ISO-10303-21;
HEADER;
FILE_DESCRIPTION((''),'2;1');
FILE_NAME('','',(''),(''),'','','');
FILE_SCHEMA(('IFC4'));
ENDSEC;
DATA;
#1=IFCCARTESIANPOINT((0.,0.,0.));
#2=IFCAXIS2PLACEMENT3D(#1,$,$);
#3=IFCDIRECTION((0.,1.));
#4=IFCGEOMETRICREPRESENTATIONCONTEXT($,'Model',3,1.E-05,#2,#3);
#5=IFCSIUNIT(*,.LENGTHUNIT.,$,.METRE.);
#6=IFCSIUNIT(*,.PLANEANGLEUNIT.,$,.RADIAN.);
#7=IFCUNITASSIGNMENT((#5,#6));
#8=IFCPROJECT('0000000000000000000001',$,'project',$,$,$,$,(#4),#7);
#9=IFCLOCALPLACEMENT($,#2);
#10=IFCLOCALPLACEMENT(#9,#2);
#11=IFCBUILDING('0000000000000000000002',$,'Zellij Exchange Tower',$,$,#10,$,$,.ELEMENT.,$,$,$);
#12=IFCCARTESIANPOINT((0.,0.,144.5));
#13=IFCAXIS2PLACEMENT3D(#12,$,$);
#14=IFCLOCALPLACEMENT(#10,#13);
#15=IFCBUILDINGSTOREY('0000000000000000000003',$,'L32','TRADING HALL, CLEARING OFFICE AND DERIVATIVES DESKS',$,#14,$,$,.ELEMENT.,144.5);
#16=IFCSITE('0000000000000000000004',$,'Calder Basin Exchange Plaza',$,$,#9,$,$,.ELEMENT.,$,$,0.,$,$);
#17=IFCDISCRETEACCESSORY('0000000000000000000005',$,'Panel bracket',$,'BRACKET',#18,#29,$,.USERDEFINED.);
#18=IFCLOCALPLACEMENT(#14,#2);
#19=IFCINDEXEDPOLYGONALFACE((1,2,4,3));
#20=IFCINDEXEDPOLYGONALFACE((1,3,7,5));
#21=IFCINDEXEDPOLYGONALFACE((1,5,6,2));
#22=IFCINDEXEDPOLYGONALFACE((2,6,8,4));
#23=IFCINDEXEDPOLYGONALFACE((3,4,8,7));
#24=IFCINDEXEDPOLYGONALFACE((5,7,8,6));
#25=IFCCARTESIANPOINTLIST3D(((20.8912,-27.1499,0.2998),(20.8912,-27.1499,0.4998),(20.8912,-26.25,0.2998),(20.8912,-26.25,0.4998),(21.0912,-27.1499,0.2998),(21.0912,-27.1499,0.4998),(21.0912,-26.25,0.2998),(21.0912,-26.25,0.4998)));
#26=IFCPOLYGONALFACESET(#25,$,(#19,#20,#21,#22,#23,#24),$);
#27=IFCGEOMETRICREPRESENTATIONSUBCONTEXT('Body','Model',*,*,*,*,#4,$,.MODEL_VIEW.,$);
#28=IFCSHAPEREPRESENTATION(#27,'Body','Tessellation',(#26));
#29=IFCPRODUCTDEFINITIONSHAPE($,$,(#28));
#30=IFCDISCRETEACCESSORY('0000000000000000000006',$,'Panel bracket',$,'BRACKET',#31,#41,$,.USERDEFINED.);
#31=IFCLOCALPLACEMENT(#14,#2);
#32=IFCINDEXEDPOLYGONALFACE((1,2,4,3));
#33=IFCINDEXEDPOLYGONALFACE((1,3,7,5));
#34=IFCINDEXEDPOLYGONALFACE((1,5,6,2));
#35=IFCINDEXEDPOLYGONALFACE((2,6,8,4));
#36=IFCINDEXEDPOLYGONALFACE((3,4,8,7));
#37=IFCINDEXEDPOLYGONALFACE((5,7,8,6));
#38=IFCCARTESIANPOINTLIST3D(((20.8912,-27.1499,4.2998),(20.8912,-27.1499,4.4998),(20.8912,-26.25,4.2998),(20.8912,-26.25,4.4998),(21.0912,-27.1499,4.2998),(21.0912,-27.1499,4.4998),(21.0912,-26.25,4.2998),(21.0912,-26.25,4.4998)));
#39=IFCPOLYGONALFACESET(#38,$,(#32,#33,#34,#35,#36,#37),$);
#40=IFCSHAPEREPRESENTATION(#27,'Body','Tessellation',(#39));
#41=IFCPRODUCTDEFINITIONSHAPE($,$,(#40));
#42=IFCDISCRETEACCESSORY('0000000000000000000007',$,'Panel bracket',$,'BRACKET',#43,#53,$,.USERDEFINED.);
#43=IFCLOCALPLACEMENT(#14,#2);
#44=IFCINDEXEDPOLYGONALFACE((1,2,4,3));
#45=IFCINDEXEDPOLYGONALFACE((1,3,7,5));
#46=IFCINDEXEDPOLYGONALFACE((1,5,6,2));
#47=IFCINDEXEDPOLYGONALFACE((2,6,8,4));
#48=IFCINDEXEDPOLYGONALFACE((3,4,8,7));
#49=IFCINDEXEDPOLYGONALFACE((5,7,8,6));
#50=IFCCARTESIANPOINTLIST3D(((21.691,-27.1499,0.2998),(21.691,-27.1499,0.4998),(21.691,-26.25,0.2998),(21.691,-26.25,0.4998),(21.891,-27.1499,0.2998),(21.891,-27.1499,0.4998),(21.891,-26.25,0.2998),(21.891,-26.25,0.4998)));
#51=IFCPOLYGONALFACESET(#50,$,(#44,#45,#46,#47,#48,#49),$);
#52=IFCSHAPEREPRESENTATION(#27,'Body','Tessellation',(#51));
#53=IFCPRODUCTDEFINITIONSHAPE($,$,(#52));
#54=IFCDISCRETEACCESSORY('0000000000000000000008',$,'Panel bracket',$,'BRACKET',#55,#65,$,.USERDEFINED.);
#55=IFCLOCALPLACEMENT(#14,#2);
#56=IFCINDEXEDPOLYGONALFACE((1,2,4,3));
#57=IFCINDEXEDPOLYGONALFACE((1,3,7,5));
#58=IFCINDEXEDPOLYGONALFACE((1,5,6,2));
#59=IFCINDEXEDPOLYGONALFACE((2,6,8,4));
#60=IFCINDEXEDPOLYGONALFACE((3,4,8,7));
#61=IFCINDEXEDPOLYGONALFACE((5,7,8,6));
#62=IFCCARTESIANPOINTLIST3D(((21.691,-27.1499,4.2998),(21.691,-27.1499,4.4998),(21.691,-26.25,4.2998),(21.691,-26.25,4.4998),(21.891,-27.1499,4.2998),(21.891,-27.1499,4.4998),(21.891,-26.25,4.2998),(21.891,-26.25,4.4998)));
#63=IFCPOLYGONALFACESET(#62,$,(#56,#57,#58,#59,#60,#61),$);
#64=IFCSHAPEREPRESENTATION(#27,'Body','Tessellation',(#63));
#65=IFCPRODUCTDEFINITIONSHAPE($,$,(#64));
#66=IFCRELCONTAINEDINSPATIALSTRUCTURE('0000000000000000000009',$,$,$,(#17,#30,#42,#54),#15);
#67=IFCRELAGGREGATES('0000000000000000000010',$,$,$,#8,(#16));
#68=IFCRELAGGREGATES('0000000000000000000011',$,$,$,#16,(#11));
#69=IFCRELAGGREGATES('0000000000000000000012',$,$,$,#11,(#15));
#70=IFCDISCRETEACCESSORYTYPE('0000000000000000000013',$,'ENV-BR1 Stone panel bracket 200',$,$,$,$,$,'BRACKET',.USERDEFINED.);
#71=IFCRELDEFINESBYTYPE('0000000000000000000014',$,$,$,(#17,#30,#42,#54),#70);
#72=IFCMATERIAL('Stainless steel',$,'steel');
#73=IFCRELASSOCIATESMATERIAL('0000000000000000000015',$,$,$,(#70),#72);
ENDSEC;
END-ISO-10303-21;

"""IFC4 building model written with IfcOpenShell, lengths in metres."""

from ifc_helpers import new_model, si_unit, direction, frame, origin, origin_2d, place, context, subcontext, project, spatial, rectangle, extrude, material, type_object, element, save


model = new_model("IFC4")

# Units and contexts
model_context = context("Model", 3, precision=1e-05, world=origin(), true_north=direction((0.0, 1.0)))
body_context = subcontext(model_context, "Body", "Model", "MODEL_VIEW")
ifc_project = project(units=[si_unit("LENGTHUNIT", "METRE"), si_unit("PLANEANGLEUNIT", "RADIAN")], contexts=[model_context])

# Site, building, storey
site_placement = place(None, origin())
site = spatial("IfcSite", under=ifc_project, at=site_placement, Name="Calder Basin Exchange Plaza", CompositionType="ELEMENT", RefElevation=0.0)
building_placement = place(site_placement, origin())
building = spatial("IfcBuilding", under=site, at=building_placement, Name="Zellij Exchange Tower", CompositionType="ELEMENT")
storey_placement = place(building_placement, frame((0.0, 0.0, 144.5)))
storey = spatial("IfcBuildingStorey", under=building, at=storey_placement, Name="L32", Description="TRADING HALL, CLEARING OFFICE AND DERIVATIVES DESKS", CompositionType="ELEMENT", Elevation=144.5)

# Discrete accessories
ifc_material_1 = material(Name="Stainless steel", Category="steel")
discrete_accessory_type = type_object("IfcDiscreteAccessoryType", Name="ENV-BR1 Stone panel bracket 200", ElementType="BRACKET", PredefinedType="USERDEFINED", material=ifc_material_1)
for number, where, z_axis, x_axis, name in (
    (1, (20.9912, -26.7, 0.2998), (0.0, 0.0, 1.0), (1.0, 0.0, 0.0), "Panel bracket"),
    (2, (20.9912, -26.7, 4.2998), (0.0, 0.0, 1.0), (1.0, 0.0, 0.0), "Panel bracket"),
    (3, (21.791, -26.7, 0.2998), (0.0, 0.0, 1.0), (1.0, 0.0, 0.0), "Panel bracket"),
    (4, (21.791, -26.7, 4.2998), (0.0, 0.0, 1.0), (1.0, 0.0, 0.0), "Panel bracket"),
):
    element("IfcDiscreteAccessory", number, at=place(storey_placement, frame(where, z_axis=z_axis, x_axis=x_axis)), inside=storey, type_object=discrete_accessory_type, Name=name, ObjectType="BRACKET", PredefinedType="USERDEFINED", context=body_context, shape_type="SweptSolid", body=[
        extrude(rectangle(XDim=0.2, YDim=0.8999, at=origin_2d()), origin(), (0.0, 0.0, 1.0), 0.2),
    ])

save(model, "model.ifc")
